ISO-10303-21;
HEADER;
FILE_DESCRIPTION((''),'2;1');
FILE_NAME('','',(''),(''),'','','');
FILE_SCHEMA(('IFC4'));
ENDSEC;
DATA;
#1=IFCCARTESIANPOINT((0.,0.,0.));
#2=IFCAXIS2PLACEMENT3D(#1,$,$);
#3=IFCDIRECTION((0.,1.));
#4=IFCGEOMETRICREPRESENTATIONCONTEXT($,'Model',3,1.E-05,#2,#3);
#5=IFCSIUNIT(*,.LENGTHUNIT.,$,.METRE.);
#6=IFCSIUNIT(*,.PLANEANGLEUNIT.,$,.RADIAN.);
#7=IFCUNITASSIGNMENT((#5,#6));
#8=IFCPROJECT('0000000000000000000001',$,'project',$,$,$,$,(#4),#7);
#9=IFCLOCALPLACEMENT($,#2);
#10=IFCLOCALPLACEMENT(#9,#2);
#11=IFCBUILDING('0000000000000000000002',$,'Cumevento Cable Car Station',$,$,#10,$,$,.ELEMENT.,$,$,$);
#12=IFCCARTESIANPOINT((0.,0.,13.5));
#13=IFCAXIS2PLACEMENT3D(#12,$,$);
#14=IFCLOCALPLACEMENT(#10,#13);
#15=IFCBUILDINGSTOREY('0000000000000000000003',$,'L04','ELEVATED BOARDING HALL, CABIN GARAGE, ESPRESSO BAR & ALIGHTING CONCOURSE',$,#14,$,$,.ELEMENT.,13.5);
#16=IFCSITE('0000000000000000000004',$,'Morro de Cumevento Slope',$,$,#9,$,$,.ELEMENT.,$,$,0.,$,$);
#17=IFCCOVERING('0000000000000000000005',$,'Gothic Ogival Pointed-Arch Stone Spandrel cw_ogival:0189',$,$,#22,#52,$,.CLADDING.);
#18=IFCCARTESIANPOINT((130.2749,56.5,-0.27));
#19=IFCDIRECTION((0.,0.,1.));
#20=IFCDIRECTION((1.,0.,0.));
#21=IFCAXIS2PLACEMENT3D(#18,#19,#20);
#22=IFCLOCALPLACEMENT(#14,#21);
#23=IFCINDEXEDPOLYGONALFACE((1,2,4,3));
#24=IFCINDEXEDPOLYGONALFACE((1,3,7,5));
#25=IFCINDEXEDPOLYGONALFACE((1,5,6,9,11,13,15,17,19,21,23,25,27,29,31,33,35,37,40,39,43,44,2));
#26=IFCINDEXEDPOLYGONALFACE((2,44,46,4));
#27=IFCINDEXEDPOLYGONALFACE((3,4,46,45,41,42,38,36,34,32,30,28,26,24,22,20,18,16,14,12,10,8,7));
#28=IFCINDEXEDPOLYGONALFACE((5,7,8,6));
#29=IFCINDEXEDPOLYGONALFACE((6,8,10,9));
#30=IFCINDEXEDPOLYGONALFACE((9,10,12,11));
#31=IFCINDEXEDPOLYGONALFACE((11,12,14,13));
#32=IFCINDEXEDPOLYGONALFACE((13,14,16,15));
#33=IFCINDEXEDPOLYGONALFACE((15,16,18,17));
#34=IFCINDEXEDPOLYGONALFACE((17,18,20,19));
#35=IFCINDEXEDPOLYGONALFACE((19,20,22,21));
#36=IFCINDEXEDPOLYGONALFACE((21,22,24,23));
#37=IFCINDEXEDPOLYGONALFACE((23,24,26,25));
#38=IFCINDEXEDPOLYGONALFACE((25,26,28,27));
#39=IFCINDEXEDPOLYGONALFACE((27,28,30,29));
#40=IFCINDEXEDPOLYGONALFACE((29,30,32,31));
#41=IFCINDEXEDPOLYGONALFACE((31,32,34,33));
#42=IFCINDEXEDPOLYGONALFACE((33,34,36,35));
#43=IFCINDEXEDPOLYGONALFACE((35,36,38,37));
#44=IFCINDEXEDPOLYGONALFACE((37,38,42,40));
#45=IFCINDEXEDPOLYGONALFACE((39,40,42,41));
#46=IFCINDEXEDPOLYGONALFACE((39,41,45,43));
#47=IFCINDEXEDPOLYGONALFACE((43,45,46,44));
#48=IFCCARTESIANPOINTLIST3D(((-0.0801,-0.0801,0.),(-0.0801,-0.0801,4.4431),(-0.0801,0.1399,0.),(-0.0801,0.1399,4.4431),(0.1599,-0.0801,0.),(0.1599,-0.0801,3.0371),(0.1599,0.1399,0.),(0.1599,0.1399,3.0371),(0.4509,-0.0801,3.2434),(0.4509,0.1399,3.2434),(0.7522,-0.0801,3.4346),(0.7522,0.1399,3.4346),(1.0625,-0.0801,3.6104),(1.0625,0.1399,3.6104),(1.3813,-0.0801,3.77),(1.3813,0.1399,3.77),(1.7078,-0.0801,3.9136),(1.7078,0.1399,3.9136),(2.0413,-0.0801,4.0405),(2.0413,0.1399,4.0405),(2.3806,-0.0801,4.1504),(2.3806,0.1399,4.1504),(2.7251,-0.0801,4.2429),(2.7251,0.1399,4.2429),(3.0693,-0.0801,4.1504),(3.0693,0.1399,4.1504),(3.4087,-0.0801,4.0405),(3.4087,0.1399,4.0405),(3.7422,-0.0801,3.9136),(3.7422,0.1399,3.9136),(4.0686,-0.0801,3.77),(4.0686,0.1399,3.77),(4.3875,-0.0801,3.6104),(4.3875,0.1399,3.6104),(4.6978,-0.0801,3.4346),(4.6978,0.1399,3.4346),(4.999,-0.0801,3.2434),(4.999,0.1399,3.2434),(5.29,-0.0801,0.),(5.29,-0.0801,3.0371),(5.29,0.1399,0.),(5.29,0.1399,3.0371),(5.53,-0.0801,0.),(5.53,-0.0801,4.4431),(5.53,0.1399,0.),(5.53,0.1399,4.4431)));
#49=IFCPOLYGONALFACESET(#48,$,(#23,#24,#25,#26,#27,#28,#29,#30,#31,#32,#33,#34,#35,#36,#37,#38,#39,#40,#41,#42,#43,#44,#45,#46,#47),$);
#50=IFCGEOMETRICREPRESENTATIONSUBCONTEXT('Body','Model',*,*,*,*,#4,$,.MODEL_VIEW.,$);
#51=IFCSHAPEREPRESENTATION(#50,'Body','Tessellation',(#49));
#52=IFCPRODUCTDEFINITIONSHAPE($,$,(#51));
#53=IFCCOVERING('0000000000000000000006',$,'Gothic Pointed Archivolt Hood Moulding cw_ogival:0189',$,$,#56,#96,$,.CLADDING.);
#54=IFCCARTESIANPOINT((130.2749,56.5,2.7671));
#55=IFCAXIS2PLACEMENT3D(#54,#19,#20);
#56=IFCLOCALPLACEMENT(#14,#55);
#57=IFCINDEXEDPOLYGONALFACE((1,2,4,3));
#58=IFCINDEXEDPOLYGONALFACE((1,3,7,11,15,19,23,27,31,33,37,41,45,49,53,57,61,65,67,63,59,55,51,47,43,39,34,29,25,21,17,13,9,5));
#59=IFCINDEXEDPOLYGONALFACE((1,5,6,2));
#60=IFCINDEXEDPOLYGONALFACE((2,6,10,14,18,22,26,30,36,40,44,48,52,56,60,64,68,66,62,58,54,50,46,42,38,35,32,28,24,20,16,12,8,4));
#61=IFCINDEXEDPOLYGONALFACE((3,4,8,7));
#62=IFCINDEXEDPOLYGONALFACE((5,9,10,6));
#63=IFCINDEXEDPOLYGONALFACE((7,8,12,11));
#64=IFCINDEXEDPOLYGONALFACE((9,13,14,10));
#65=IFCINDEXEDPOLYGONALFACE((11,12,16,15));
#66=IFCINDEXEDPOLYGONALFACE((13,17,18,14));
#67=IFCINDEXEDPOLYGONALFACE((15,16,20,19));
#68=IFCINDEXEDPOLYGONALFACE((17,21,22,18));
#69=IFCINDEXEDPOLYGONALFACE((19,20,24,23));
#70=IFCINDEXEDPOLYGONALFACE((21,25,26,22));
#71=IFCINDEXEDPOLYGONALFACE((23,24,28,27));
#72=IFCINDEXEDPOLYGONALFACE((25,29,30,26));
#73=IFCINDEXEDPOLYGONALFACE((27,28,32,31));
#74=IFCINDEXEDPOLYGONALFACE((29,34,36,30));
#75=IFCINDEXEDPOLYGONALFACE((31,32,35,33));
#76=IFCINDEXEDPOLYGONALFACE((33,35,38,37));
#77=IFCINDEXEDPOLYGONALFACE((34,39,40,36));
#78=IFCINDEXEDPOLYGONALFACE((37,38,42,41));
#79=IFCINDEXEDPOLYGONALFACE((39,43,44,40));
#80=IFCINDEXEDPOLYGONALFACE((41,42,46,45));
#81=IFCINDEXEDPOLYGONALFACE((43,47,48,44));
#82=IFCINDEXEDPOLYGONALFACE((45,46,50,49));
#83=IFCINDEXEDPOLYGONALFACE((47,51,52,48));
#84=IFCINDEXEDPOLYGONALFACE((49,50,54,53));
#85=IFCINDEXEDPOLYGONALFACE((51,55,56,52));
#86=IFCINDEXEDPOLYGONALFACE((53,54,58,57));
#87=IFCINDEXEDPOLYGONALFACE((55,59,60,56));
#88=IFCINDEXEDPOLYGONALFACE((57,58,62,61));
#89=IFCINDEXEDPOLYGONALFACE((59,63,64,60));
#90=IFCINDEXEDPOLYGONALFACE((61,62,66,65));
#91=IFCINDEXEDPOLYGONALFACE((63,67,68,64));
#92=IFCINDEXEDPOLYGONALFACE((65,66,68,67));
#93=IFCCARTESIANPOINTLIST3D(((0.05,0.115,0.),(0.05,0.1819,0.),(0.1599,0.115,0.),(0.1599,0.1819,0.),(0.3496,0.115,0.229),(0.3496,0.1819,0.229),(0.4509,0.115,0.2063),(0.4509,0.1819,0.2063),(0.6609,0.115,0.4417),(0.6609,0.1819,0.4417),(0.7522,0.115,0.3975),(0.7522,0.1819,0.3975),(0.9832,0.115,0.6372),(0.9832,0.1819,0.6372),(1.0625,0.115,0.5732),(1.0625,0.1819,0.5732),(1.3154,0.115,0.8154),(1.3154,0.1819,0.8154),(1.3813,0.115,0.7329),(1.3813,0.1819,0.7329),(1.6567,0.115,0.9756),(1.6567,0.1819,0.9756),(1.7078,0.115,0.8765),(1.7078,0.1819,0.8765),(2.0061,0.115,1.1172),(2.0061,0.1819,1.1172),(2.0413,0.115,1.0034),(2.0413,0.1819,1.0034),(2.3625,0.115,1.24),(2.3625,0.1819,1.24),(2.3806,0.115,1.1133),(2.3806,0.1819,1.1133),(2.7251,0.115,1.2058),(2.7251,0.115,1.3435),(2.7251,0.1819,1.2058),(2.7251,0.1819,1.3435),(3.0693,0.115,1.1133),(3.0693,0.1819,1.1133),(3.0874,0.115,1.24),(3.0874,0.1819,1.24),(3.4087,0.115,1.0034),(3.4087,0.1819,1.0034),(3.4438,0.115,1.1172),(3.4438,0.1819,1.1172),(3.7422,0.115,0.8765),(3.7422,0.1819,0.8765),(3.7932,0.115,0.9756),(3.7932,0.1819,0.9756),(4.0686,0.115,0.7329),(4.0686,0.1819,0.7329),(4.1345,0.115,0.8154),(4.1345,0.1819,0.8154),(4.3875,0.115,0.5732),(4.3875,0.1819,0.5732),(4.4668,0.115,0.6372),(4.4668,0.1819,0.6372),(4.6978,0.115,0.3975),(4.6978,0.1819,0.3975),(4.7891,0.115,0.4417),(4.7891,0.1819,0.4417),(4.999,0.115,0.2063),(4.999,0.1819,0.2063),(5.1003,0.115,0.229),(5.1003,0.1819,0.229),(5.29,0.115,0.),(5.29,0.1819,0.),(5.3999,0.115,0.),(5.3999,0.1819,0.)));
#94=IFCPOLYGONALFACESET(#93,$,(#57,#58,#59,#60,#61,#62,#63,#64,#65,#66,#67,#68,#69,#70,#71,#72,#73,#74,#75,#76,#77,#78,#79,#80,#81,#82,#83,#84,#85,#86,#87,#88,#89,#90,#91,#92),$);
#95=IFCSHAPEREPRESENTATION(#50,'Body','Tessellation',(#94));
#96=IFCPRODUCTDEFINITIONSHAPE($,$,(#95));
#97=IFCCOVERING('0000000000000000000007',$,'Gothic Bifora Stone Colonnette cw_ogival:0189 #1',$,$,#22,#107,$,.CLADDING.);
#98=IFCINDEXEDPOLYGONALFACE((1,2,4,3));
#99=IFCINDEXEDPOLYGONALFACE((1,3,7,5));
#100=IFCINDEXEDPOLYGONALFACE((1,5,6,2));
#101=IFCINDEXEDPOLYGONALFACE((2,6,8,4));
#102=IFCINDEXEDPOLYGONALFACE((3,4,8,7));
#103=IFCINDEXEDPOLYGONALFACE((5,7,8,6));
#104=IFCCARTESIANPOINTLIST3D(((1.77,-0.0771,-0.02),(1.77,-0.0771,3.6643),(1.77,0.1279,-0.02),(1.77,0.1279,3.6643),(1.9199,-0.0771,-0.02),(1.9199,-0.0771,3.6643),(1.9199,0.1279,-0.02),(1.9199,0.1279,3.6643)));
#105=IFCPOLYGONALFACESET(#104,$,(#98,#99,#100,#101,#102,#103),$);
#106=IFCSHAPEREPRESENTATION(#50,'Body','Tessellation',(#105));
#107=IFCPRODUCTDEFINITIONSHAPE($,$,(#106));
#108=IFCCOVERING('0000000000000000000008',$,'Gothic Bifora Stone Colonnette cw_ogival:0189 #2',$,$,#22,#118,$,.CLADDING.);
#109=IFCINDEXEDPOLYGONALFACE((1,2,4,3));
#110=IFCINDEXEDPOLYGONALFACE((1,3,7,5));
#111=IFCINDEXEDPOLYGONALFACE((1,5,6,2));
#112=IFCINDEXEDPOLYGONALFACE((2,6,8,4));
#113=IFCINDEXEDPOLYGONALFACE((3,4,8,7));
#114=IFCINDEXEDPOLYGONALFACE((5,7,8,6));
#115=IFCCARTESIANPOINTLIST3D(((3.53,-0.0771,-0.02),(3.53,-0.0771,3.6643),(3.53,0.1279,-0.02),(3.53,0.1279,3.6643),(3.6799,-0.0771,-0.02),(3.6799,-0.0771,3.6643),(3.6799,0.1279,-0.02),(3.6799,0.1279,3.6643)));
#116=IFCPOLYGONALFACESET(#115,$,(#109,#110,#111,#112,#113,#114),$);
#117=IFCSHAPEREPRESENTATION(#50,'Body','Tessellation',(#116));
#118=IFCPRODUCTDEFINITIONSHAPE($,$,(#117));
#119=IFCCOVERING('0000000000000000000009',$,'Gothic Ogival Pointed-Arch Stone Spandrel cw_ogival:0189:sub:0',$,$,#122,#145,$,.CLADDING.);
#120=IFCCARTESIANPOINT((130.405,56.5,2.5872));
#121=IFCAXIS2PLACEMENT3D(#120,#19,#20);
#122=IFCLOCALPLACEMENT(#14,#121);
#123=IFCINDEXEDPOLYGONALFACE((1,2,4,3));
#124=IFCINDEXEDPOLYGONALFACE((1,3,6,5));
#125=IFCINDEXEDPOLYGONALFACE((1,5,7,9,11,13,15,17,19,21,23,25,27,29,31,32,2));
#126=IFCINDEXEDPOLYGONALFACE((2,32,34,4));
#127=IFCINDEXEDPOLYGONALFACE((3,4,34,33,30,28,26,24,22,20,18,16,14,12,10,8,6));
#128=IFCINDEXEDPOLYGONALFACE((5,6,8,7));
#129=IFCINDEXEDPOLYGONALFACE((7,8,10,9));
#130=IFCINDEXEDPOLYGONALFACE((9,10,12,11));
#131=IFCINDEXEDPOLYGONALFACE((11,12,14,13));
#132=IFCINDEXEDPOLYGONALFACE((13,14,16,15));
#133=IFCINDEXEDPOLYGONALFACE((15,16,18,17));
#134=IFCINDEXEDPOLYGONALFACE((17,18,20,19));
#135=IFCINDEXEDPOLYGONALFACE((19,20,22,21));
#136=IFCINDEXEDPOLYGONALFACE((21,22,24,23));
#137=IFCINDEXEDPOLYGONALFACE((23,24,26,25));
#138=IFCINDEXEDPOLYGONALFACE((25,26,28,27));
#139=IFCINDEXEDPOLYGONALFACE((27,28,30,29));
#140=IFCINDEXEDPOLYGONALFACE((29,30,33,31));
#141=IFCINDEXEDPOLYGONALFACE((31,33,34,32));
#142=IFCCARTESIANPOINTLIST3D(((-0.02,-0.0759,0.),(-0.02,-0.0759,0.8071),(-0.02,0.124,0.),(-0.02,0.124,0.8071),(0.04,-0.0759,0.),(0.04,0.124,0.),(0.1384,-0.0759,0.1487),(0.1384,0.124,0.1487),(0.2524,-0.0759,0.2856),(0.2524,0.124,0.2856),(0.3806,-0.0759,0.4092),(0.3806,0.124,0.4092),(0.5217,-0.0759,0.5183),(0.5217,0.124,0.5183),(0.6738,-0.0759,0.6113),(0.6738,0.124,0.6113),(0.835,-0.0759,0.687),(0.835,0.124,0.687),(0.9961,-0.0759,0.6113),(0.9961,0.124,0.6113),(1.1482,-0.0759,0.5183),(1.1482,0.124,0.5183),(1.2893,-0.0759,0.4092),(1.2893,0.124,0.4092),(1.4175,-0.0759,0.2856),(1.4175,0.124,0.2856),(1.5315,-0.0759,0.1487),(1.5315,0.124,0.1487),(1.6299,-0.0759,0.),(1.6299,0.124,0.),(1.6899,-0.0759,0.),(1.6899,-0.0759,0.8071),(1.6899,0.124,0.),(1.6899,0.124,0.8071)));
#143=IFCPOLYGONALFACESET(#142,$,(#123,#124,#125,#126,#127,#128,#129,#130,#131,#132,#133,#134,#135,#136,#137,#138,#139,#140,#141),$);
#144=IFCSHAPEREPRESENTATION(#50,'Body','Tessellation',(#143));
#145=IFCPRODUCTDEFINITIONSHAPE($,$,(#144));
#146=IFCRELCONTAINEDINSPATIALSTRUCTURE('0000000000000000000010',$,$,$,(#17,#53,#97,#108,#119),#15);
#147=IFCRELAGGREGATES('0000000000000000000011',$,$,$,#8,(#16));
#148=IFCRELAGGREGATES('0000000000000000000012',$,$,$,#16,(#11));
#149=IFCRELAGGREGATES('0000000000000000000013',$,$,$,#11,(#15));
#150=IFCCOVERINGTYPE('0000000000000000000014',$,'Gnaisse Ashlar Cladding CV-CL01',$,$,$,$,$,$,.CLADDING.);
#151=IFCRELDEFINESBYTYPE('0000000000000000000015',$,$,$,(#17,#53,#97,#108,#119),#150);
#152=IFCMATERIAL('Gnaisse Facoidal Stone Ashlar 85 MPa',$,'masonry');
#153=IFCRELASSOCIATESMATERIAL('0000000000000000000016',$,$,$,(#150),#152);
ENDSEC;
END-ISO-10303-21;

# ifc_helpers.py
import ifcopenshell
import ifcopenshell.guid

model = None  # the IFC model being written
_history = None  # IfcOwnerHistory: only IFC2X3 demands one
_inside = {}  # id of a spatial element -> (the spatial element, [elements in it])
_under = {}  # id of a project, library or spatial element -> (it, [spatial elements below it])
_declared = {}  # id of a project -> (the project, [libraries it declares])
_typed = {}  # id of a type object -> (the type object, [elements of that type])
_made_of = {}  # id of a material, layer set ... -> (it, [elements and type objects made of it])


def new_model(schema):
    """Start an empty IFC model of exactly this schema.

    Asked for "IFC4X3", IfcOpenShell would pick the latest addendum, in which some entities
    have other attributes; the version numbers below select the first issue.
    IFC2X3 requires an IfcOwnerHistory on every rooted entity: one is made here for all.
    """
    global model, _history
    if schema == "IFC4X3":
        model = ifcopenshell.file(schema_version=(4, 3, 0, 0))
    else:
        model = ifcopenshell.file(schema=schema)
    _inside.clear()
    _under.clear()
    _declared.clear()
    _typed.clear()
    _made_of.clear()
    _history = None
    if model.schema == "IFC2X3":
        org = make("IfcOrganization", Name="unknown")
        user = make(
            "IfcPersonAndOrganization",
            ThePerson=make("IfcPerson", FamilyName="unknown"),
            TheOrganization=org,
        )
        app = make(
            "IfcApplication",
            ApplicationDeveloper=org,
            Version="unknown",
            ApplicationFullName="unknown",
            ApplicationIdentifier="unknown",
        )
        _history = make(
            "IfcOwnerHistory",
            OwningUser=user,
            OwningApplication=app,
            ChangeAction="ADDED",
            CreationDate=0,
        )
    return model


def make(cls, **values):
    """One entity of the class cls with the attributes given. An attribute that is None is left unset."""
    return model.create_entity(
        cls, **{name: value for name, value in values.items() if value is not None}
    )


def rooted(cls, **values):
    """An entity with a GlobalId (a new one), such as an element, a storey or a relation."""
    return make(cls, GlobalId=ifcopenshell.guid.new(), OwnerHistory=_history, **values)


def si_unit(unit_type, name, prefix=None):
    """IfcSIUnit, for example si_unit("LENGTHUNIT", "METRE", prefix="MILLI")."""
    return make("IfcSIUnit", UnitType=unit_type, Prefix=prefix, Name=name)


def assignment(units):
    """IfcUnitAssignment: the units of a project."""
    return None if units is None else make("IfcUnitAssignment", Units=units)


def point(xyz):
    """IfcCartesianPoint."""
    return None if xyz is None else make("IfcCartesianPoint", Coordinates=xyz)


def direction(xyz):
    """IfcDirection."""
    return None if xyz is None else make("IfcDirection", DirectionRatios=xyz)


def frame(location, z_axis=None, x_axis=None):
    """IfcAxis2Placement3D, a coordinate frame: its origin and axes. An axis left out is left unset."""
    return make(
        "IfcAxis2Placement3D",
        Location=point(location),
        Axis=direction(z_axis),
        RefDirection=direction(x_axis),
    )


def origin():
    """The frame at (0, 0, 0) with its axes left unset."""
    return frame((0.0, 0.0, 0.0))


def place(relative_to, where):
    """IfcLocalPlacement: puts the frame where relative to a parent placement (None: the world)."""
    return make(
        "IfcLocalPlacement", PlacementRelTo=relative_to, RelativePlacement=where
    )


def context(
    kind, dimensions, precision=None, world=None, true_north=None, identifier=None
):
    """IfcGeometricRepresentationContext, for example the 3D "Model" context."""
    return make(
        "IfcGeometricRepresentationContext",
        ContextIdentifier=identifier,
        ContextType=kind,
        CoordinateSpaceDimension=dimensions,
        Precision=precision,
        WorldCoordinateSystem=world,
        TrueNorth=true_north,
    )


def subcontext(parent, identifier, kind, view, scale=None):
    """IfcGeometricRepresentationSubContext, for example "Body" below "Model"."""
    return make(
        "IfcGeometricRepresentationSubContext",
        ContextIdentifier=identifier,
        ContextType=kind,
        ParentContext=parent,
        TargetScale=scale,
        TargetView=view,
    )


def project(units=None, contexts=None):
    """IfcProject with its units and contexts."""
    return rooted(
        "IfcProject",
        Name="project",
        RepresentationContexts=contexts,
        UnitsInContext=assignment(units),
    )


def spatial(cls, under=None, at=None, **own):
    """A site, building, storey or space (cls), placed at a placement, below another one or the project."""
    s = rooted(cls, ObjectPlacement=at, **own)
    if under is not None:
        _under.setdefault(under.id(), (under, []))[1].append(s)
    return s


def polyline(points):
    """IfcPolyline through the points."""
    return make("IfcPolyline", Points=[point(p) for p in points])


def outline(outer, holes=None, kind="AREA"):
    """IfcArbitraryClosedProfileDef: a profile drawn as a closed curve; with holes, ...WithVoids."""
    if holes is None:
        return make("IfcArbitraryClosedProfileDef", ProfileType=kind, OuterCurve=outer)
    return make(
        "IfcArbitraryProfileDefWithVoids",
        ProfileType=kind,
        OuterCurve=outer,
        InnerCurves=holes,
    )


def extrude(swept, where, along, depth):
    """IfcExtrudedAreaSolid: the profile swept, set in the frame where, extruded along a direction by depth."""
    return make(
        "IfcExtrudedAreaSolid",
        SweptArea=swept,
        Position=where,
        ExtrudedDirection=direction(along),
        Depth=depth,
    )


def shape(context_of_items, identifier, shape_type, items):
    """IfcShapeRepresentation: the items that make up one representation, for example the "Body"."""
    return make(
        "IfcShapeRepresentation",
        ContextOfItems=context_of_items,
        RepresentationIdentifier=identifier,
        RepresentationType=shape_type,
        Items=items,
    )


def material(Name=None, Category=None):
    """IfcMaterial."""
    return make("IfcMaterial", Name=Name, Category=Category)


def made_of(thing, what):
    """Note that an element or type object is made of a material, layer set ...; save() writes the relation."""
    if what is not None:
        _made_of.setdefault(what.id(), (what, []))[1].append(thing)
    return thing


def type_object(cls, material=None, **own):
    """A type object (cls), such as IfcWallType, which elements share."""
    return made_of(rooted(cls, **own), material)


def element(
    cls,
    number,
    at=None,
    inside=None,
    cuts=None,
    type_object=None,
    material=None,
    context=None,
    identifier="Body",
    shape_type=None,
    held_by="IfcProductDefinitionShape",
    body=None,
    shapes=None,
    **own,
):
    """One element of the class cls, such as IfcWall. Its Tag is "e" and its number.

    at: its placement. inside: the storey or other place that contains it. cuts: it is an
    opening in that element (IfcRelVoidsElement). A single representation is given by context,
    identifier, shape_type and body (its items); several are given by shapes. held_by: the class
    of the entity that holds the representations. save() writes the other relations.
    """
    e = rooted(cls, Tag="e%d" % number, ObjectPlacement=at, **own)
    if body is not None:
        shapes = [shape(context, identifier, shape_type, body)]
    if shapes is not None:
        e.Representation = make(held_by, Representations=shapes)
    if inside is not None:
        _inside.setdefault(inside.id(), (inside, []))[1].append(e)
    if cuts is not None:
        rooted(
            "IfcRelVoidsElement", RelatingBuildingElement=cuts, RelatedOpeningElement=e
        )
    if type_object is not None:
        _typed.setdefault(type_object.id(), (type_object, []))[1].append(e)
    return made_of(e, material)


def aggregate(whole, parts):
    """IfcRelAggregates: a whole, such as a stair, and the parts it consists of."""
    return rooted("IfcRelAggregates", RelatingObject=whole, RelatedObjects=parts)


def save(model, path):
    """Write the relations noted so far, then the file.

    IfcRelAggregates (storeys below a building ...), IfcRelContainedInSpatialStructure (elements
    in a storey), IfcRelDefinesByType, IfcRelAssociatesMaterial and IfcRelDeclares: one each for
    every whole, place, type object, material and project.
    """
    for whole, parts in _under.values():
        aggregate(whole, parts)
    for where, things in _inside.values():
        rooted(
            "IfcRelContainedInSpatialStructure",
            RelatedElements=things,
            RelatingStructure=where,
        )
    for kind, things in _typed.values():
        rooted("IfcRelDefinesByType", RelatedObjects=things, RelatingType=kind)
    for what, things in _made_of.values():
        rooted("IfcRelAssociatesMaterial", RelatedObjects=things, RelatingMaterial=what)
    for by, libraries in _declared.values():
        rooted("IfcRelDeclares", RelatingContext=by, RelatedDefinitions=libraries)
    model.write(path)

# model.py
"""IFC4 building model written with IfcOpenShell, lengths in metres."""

from ifc_helpers import new_model, si_unit, direction, frame, origin, place, context, subcontext, project, spatial, polyline, outline, extrude, material, type_object, element, save


model = new_model("IFC4")

# Units and contexts
model_context = context("Model", 3, precision=1e-05, world=origin(), true_north=direction((0.0, 1.0)))
body_context = subcontext(model_context, "Body", "Model", "MODEL_VIEW")
ifc_project = project(units=[si_unit("LENGTHUNIT", "METRE"), si_unit("PLANEANGLEUNIT", "RADIAN")], contexts=[model_context])

# Site, building, storey
site_placement = place(None, origin())
site = spatial("IfcSite", under=ifc_project, at=site_placement, Name="Morro de Cumevento Slope", CompositionType="ELEMENT", RefElevation=0.0)
building_placement = place(site_placement, origin())
building = spatial("IfcBuilding", under=site, at=building_placement, Name="Cumevento Cable Car Station", CompositionType="ELEMENT")
storey_placement = place(building_placement, frame((0.0, 0.0, 13.5)))
storey = spatial("IfcBuildingStorey", under=building, at=storey_placement, Name="L04", Description="ELEVATED BOARDING HALL, CABIN GARAGE, ESPRESSO BAR & ALIGHTING CONCOURSE", CompositionType="ELEMENT", Elevation=13.5)

# Coverings
ifc_material_1 = material(Name="Gnaisse Facoidal Stone Ashlar 85 MPa", Category="masonry")
covering_type = type_object("IfcCoveringType", Name="Gnaisse Ashlar Cladding CV-CL01", PredefinedType="CLADDING", material=ifc_material_1)
placement = place(storey_placement, frame((130.2749, 56.5, -0.27), z_axis=(0.0, 0.0, 1.0), x_axis=(1.0, 0.0, 0.0)))
element("IfcCovering", 1, at=placement, inside=storey, type_object=covering_type, Name="Gothic Ogival Pointed-Arch Stone Spandrel cw_ogival:0189", PredefinedType="CLADDING", context=body_context, shape_type="SweptSolid", body=[
    extrude(outline(polyline([(-0.0801, 0.0), (-0.0801, 4.4431), (5.53, 4.4431), (5.53, 0.0), (5.29, 0.0), (5.29, 3.0371), (4.999, 3.2434), (4.6978, 3.4346), (4.3875, 3.6104), (4.0686, 3.77), (3.7422, 3.9136), (3.4087, 4.0405), (3.0693, 4.1504), (2.7251, 4.2429), (2.3806, 4.1504), (2.0413, 4.0405), (1.7078, 3.9136), (1.3813, 3.77), (1.0625, 3.6104), (0.7522, 3.4346), (0.4509, 3.2434), (0.1599, 3.0371), (0.1599, 0.0), (-0.0801, 0.0)])), frame((0.0, 0.1399, 0.0), z_axis=(0.0, -1.0, 0.0), x_axis=(1.0, 0.0, 0.0)), (0.0, 0.0, 1.0), 0.22),
])
covering_1_placement = place(storey_placement, frame((130.2749, 56.5, 2.7671), z_axis=(0.0, 0.0, 1.0), x_axis=(1.0, 0.0, 0.0)))
element("IfcCovering", 2, at=covering_1_placement, inside=storey, type_object=covering_type, Name="Gothic Pointed Archivolt Hood Moulding cw_ogival:0189", PredefinedType="CLADDING", context=body_context, shape_type="SweptSolid", body=[
    extrude(outline(polyline([(0.1599, 0.0), (0.4509, 0.2063), (0.7522, 0.3975), (1.0625, 0.5732), (1.3813, 0.7329), (1.7078, 0.8765), (2.0413, 1.0034), (2.3806, 1.1133), (2.7251, 1.2058), (3.0693, 1.1133), (3.4087, 1.0034), (3.7422, 0.8765), (4.0686, 0.7329), (4.3875, 0.5732), (4.6978, 0.3975), (4.999, 0.2063), (5.29, 0.0), (5.3999, 0.0), (5.1003, 0.229), (4.7891, 0.4417), (4.4668, 0.6372), (4.1345, 0.8154), (3.7932, 0.9756), (3.4438, 1.1172), (3.0874, 1.24), (2.7251, 1.3435), (2.3625, 1.24), (2.0061, 1.1172), (1.6567, 0.9756), (1.3154, 0.8154), (0.9832, 0.6372), (0.6609, 0.4417), (0.3496, 0.229), (0.05, 0.0), (0.1599, 0.0)])), frame((0.0, 0.1819, 0.0), z_axis=(0.0, -1.0, 0.0), x_axis=(1.0, 0.0, 0.0)), (0.0, 0.0, 1.0), 0.0669),
])
element("IfcCovering", 3, at=placement, inside=storey, type_object=covering_type, Name="Gothic Bifora Stone Colonnette cw_ogival:0189 #1", PredefinedType="CLADDING", context=body_context, shape_type="SweptSolid", body=[
    extrude(outline(polyline([(1.77, -0.02), (1.9199, -0.02), (1.9199, 3.6643), (1.77, 3.6643), (1.77, -0.02)])), frame((0.0, 0.1279, 0.0), z_axis=(0.0, -1.0, 0.0), x_axis=(1.0, 0.0, 0.0)), (0.0, 0.0, 1.0), 0.2051),
])
element("IfcCovering", 4, at=placement, inside=storey, type_object=covering_type, Name="Gothic Bifora Stone Colonnette cw_ogival:0189 #2", PredefinedType="CLADDING", context=body_context, shape_type="SweptSolid", body=[
    extrude(outline(polyline([(3.53, -0.02), (3.6799, -0.02), (3.6799, 3.6643), (3.53, 3.6643), (3.53, -0.02)])), frame((0.0, 0.1279, 0.0), z_axis=(0.0, -1.0, 0.0), x_axis=(1.0, 0.0, 0.0)), (0.0, 0.0, 1.0), 0.2051),
])
covering_2_placement = place(storey_placement, frame((130.405, 56.5, 2.5872), z_axis=(0.0, 0.0, 1.0), x_axis=(1.0, 0.0, 0.0)))
element("IfcCovering", 5, at=covering_2_placement, inside=storey, type_object=covering_type, Name="Gothic Ogival Pointed-Arch Stone Spandrel cw_ogival:0189:sub:0", PredefinedType="CLADDING", context=body_context, shape_type="SweptSolid", body=[
    extrude(outline(polyline([(-0.02, 0.0), (-0.02, 0.8071), (1.6899, 0.8071), (1.6899, 0.0), (1.6299, 0.0), (1.5315, 0.1487), (1.4175, 0.2856), (1.2893, 0.4092), (1.1482, 0.5183), (0.9961, 0.6113), (0.835, 0.687), (0.6738, 0.6113), (0.5217, 0.5183), (0.3806, 0.4092), (0.2524, 0.2856), (0.1384, 0.1487), (0.04, 0.0), (-0.02, 0.0)])), frame((0.0, 0.124, 0.0), z_axis=(0.0, -1.0, 0.0), x_axis=(1.0, 0.0, 0.0)), (0.0, 0.0, 1.0), 0.2),
])

save(model, "model.ifc")
